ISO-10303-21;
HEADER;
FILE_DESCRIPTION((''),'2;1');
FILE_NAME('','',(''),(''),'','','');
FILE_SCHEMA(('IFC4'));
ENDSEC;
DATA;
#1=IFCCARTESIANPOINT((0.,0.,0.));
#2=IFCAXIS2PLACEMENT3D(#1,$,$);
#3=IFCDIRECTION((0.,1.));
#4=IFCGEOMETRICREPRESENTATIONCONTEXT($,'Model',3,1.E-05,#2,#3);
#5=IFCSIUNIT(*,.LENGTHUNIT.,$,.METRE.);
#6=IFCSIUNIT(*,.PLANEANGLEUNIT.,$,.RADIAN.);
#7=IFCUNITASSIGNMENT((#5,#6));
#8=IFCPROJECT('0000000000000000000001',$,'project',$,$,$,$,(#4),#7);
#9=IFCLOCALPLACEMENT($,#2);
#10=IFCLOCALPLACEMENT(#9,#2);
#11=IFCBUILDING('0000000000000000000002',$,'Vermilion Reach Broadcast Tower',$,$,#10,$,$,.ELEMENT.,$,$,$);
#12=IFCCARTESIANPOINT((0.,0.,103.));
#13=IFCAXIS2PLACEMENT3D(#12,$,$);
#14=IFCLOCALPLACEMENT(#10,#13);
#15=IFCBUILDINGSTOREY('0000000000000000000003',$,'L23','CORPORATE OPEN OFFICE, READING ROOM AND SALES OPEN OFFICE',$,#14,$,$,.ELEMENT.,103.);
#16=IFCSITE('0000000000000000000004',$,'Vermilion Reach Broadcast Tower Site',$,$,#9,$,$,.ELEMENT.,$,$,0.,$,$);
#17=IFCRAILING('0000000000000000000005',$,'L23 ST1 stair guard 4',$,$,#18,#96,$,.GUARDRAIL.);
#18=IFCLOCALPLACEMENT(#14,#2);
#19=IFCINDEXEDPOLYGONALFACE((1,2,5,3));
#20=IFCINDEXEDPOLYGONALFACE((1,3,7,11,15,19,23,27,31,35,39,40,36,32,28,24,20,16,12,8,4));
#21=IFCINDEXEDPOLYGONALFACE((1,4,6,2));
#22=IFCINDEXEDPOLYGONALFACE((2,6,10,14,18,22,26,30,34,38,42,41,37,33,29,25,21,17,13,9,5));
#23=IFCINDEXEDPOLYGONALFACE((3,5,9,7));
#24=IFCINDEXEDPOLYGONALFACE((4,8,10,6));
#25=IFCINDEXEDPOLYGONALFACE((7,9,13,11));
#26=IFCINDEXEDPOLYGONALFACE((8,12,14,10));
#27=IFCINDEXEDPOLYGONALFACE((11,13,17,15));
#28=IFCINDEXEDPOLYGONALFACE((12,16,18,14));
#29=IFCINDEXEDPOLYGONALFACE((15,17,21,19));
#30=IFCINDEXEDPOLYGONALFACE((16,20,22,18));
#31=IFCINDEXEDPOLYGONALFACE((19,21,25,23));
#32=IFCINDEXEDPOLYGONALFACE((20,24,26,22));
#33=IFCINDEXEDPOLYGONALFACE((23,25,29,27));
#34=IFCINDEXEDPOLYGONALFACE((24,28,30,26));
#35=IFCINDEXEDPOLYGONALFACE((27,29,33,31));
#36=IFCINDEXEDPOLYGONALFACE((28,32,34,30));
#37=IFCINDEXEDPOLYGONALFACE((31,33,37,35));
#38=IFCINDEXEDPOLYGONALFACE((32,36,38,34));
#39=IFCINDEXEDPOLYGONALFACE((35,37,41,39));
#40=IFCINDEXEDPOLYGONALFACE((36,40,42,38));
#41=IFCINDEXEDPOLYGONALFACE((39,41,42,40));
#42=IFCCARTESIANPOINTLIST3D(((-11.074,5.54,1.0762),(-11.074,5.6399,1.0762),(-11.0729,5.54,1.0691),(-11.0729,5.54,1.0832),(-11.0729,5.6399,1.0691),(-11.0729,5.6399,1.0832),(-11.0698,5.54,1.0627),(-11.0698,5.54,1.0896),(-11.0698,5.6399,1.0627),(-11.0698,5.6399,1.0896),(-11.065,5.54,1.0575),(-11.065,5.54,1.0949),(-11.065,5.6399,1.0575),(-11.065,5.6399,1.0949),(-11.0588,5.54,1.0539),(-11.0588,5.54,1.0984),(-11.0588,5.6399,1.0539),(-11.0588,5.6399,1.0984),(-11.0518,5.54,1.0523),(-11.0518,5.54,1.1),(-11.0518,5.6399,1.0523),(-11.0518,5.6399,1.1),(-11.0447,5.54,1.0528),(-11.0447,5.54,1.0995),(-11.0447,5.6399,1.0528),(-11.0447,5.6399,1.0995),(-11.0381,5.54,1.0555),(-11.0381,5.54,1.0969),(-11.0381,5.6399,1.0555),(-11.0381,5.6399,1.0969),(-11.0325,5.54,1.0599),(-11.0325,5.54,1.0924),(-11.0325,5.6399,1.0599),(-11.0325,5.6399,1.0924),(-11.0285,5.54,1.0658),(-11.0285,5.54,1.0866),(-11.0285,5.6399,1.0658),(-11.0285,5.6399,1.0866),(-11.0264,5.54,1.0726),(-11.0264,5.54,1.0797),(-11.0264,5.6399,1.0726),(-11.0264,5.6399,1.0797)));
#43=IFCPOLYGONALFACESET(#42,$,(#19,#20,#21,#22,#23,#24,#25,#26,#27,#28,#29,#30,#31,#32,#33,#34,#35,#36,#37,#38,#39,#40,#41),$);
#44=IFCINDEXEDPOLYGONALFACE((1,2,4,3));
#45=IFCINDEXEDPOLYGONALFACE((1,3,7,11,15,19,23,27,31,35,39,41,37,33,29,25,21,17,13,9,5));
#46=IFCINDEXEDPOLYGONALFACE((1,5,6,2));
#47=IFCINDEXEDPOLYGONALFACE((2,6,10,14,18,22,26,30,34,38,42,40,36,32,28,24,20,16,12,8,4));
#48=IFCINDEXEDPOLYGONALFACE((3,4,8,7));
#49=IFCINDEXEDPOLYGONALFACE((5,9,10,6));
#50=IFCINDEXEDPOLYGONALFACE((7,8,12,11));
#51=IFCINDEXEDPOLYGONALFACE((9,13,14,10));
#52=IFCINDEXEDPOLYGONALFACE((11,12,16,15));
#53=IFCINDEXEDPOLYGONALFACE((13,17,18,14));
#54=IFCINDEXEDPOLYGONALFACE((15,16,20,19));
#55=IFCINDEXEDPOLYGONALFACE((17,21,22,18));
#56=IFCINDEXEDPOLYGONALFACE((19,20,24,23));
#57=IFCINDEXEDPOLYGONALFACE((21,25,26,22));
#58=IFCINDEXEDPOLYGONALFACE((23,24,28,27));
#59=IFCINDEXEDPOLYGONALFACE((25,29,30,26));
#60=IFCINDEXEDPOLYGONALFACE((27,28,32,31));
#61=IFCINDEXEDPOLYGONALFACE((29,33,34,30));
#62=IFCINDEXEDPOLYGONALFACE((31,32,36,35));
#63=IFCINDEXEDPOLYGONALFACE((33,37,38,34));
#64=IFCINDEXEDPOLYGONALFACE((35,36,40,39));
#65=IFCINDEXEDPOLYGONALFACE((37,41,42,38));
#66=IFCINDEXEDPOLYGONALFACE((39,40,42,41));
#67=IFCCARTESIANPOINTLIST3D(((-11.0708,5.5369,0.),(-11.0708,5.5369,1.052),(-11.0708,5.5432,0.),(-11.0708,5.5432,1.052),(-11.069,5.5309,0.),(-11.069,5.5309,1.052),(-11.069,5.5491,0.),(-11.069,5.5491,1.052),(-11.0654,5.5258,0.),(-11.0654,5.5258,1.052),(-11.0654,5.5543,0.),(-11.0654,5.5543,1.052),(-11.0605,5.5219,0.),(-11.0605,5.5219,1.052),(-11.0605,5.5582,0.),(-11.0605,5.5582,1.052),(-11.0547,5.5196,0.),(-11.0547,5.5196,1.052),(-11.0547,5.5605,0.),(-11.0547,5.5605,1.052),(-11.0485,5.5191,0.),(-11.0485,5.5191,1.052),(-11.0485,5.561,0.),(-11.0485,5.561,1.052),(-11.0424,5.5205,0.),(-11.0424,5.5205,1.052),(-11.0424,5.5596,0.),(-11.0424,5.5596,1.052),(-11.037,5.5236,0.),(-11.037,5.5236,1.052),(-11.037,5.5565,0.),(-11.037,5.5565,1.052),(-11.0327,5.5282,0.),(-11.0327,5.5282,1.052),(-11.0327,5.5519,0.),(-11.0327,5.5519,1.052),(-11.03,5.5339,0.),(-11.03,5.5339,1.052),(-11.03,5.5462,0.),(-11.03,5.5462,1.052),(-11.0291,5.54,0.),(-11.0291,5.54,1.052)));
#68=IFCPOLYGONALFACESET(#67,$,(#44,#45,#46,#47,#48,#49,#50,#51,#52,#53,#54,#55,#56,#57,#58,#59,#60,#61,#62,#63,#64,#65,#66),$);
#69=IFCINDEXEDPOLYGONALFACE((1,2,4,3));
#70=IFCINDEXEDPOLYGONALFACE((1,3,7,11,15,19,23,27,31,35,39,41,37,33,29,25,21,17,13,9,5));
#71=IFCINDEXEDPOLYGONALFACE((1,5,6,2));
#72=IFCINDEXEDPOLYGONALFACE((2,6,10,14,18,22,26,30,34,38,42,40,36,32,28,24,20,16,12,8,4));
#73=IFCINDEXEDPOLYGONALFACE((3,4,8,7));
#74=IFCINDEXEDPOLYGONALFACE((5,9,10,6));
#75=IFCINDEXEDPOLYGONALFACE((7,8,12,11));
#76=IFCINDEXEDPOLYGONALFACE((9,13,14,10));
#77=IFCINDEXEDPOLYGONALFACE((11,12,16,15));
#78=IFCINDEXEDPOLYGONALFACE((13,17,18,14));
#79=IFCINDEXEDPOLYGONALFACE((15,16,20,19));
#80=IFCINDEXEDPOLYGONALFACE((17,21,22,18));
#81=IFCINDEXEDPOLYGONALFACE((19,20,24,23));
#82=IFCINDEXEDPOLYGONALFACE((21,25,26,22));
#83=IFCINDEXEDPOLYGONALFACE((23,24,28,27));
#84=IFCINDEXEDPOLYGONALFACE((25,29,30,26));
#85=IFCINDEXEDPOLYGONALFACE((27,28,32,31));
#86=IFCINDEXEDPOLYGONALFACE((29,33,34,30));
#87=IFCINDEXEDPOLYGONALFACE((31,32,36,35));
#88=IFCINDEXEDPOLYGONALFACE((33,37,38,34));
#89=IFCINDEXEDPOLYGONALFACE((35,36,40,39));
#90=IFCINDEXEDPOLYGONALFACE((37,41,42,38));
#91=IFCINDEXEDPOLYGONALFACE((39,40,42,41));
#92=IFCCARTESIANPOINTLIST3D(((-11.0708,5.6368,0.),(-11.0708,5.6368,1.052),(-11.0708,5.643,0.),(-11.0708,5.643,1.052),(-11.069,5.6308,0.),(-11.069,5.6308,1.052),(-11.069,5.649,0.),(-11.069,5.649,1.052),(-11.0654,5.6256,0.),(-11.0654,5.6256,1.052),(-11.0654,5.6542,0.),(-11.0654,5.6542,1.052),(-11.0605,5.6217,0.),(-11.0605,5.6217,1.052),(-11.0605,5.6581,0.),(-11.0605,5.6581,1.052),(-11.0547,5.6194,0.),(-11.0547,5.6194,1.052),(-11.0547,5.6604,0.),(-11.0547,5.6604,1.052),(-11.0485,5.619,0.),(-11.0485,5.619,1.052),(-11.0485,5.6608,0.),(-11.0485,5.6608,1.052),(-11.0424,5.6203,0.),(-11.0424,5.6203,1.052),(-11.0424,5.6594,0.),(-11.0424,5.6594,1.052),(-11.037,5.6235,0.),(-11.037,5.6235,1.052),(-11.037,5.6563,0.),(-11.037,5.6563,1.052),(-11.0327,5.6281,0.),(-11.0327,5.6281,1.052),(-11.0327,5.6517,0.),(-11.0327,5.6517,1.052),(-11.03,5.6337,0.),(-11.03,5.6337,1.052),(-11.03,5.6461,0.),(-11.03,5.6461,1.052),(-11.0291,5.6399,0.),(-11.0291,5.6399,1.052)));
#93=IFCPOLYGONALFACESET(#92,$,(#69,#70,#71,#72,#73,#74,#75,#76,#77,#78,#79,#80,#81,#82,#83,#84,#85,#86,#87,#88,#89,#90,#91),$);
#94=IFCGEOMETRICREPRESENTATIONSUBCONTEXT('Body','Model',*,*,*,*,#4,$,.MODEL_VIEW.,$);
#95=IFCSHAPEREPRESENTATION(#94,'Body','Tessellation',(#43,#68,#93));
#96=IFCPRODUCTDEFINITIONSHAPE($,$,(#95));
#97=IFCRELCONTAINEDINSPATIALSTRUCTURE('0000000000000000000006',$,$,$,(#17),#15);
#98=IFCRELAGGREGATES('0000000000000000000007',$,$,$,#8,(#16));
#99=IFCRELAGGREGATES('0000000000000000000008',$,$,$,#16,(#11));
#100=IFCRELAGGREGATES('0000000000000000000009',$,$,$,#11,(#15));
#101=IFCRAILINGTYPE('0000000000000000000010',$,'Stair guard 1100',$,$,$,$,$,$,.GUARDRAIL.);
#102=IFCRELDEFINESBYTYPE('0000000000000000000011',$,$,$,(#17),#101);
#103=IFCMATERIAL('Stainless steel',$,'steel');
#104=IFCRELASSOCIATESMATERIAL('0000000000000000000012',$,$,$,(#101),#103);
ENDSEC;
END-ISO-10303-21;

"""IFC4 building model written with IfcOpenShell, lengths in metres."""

from ifc_helpers import new_model, si_unit, direction, frame, origin, origin_2d, place, context, subcontext, project, spatial, circle, extrude, material, type_object, element, save


model = new_model("IFC4")

# Units and contexts
model_context = context("Model", 3, precision=1e-05, world=origin(), true_north=direction((0.0, 1.0)))
body_context = subcontext(model_context, "Body", "Model", "MODEL_VIEW")
ifc_project = project(units=[si_unit("LENGTHUNIT", "METRE"), si_unit("PLANEANGLEUNIT", "RADIAN")], contexts=[model_context])

# Site, building, storey
site_placement = place(None, origin())
site = spatial("IfcSite", under=ifc_project, at=site_placement, Name="Vermilion Reach Broadcast Tower Site", CompositionType="ELEMENT", RefElevation=0.0)
building_placement = place(site_placement, origin())
building = spatial("IfcBuilding", under=site, at=building_placement, Name="Vermilion Reach Broadcast Tower", CompositionType="ELEMENT")
storey_placement = place(building_placement, frame((0.0, 0.0, 103.0)))
storey = spatial("IfcBuildingStorey", under=building, at=storey_placement, Name="L23", Description="CORPORATE OPEN OFFICE, READING ROOM AND SALES OPEN OFFICE", CompositionType="ELEMENT", Elevation=103.0)

# Railing
ifc_material_1 = material(Name="Stainless steel", Category="steel")
railing_type_1 = type_object("IfcRailingType", Name="Stair guard 1100", PredefinedType="GUARDRAIL", material=ifc_material_1)
railing_1_placement = place(storey_placement, frame((-11.05, 5.54, 0.0)))
element("IfcRailing", 1, at=railing_1_placement, inside=storey, type_object=railing_type_1, Name="L23 ST1 stair guard 4", PredefinedType="GUARDRAIL", context=body_context, shape_type="SweptSolid", body=[
    extrude(circle(Radius=0.0239, at=origin_2d()), frame((0.0, 0.0, 1.0762), z_axis=(0.0, 1.0, 0.0), x_axis=(-1.0, 0.0, 0.0)), (0.0, 0.0, 1.0), 0.0999),
    extrude(circle(Radius=0.021, at=origin_2d()), origin(), (0.0, 0.0, 1.0), 1.052),
    extrude(circle(Radius=0.021, at=origin_2d()), frame((0.0, 0.0999, 0.0)), (0.0, 0.0, 1.0), 1.052),
])

save(model, "model.ifc")
